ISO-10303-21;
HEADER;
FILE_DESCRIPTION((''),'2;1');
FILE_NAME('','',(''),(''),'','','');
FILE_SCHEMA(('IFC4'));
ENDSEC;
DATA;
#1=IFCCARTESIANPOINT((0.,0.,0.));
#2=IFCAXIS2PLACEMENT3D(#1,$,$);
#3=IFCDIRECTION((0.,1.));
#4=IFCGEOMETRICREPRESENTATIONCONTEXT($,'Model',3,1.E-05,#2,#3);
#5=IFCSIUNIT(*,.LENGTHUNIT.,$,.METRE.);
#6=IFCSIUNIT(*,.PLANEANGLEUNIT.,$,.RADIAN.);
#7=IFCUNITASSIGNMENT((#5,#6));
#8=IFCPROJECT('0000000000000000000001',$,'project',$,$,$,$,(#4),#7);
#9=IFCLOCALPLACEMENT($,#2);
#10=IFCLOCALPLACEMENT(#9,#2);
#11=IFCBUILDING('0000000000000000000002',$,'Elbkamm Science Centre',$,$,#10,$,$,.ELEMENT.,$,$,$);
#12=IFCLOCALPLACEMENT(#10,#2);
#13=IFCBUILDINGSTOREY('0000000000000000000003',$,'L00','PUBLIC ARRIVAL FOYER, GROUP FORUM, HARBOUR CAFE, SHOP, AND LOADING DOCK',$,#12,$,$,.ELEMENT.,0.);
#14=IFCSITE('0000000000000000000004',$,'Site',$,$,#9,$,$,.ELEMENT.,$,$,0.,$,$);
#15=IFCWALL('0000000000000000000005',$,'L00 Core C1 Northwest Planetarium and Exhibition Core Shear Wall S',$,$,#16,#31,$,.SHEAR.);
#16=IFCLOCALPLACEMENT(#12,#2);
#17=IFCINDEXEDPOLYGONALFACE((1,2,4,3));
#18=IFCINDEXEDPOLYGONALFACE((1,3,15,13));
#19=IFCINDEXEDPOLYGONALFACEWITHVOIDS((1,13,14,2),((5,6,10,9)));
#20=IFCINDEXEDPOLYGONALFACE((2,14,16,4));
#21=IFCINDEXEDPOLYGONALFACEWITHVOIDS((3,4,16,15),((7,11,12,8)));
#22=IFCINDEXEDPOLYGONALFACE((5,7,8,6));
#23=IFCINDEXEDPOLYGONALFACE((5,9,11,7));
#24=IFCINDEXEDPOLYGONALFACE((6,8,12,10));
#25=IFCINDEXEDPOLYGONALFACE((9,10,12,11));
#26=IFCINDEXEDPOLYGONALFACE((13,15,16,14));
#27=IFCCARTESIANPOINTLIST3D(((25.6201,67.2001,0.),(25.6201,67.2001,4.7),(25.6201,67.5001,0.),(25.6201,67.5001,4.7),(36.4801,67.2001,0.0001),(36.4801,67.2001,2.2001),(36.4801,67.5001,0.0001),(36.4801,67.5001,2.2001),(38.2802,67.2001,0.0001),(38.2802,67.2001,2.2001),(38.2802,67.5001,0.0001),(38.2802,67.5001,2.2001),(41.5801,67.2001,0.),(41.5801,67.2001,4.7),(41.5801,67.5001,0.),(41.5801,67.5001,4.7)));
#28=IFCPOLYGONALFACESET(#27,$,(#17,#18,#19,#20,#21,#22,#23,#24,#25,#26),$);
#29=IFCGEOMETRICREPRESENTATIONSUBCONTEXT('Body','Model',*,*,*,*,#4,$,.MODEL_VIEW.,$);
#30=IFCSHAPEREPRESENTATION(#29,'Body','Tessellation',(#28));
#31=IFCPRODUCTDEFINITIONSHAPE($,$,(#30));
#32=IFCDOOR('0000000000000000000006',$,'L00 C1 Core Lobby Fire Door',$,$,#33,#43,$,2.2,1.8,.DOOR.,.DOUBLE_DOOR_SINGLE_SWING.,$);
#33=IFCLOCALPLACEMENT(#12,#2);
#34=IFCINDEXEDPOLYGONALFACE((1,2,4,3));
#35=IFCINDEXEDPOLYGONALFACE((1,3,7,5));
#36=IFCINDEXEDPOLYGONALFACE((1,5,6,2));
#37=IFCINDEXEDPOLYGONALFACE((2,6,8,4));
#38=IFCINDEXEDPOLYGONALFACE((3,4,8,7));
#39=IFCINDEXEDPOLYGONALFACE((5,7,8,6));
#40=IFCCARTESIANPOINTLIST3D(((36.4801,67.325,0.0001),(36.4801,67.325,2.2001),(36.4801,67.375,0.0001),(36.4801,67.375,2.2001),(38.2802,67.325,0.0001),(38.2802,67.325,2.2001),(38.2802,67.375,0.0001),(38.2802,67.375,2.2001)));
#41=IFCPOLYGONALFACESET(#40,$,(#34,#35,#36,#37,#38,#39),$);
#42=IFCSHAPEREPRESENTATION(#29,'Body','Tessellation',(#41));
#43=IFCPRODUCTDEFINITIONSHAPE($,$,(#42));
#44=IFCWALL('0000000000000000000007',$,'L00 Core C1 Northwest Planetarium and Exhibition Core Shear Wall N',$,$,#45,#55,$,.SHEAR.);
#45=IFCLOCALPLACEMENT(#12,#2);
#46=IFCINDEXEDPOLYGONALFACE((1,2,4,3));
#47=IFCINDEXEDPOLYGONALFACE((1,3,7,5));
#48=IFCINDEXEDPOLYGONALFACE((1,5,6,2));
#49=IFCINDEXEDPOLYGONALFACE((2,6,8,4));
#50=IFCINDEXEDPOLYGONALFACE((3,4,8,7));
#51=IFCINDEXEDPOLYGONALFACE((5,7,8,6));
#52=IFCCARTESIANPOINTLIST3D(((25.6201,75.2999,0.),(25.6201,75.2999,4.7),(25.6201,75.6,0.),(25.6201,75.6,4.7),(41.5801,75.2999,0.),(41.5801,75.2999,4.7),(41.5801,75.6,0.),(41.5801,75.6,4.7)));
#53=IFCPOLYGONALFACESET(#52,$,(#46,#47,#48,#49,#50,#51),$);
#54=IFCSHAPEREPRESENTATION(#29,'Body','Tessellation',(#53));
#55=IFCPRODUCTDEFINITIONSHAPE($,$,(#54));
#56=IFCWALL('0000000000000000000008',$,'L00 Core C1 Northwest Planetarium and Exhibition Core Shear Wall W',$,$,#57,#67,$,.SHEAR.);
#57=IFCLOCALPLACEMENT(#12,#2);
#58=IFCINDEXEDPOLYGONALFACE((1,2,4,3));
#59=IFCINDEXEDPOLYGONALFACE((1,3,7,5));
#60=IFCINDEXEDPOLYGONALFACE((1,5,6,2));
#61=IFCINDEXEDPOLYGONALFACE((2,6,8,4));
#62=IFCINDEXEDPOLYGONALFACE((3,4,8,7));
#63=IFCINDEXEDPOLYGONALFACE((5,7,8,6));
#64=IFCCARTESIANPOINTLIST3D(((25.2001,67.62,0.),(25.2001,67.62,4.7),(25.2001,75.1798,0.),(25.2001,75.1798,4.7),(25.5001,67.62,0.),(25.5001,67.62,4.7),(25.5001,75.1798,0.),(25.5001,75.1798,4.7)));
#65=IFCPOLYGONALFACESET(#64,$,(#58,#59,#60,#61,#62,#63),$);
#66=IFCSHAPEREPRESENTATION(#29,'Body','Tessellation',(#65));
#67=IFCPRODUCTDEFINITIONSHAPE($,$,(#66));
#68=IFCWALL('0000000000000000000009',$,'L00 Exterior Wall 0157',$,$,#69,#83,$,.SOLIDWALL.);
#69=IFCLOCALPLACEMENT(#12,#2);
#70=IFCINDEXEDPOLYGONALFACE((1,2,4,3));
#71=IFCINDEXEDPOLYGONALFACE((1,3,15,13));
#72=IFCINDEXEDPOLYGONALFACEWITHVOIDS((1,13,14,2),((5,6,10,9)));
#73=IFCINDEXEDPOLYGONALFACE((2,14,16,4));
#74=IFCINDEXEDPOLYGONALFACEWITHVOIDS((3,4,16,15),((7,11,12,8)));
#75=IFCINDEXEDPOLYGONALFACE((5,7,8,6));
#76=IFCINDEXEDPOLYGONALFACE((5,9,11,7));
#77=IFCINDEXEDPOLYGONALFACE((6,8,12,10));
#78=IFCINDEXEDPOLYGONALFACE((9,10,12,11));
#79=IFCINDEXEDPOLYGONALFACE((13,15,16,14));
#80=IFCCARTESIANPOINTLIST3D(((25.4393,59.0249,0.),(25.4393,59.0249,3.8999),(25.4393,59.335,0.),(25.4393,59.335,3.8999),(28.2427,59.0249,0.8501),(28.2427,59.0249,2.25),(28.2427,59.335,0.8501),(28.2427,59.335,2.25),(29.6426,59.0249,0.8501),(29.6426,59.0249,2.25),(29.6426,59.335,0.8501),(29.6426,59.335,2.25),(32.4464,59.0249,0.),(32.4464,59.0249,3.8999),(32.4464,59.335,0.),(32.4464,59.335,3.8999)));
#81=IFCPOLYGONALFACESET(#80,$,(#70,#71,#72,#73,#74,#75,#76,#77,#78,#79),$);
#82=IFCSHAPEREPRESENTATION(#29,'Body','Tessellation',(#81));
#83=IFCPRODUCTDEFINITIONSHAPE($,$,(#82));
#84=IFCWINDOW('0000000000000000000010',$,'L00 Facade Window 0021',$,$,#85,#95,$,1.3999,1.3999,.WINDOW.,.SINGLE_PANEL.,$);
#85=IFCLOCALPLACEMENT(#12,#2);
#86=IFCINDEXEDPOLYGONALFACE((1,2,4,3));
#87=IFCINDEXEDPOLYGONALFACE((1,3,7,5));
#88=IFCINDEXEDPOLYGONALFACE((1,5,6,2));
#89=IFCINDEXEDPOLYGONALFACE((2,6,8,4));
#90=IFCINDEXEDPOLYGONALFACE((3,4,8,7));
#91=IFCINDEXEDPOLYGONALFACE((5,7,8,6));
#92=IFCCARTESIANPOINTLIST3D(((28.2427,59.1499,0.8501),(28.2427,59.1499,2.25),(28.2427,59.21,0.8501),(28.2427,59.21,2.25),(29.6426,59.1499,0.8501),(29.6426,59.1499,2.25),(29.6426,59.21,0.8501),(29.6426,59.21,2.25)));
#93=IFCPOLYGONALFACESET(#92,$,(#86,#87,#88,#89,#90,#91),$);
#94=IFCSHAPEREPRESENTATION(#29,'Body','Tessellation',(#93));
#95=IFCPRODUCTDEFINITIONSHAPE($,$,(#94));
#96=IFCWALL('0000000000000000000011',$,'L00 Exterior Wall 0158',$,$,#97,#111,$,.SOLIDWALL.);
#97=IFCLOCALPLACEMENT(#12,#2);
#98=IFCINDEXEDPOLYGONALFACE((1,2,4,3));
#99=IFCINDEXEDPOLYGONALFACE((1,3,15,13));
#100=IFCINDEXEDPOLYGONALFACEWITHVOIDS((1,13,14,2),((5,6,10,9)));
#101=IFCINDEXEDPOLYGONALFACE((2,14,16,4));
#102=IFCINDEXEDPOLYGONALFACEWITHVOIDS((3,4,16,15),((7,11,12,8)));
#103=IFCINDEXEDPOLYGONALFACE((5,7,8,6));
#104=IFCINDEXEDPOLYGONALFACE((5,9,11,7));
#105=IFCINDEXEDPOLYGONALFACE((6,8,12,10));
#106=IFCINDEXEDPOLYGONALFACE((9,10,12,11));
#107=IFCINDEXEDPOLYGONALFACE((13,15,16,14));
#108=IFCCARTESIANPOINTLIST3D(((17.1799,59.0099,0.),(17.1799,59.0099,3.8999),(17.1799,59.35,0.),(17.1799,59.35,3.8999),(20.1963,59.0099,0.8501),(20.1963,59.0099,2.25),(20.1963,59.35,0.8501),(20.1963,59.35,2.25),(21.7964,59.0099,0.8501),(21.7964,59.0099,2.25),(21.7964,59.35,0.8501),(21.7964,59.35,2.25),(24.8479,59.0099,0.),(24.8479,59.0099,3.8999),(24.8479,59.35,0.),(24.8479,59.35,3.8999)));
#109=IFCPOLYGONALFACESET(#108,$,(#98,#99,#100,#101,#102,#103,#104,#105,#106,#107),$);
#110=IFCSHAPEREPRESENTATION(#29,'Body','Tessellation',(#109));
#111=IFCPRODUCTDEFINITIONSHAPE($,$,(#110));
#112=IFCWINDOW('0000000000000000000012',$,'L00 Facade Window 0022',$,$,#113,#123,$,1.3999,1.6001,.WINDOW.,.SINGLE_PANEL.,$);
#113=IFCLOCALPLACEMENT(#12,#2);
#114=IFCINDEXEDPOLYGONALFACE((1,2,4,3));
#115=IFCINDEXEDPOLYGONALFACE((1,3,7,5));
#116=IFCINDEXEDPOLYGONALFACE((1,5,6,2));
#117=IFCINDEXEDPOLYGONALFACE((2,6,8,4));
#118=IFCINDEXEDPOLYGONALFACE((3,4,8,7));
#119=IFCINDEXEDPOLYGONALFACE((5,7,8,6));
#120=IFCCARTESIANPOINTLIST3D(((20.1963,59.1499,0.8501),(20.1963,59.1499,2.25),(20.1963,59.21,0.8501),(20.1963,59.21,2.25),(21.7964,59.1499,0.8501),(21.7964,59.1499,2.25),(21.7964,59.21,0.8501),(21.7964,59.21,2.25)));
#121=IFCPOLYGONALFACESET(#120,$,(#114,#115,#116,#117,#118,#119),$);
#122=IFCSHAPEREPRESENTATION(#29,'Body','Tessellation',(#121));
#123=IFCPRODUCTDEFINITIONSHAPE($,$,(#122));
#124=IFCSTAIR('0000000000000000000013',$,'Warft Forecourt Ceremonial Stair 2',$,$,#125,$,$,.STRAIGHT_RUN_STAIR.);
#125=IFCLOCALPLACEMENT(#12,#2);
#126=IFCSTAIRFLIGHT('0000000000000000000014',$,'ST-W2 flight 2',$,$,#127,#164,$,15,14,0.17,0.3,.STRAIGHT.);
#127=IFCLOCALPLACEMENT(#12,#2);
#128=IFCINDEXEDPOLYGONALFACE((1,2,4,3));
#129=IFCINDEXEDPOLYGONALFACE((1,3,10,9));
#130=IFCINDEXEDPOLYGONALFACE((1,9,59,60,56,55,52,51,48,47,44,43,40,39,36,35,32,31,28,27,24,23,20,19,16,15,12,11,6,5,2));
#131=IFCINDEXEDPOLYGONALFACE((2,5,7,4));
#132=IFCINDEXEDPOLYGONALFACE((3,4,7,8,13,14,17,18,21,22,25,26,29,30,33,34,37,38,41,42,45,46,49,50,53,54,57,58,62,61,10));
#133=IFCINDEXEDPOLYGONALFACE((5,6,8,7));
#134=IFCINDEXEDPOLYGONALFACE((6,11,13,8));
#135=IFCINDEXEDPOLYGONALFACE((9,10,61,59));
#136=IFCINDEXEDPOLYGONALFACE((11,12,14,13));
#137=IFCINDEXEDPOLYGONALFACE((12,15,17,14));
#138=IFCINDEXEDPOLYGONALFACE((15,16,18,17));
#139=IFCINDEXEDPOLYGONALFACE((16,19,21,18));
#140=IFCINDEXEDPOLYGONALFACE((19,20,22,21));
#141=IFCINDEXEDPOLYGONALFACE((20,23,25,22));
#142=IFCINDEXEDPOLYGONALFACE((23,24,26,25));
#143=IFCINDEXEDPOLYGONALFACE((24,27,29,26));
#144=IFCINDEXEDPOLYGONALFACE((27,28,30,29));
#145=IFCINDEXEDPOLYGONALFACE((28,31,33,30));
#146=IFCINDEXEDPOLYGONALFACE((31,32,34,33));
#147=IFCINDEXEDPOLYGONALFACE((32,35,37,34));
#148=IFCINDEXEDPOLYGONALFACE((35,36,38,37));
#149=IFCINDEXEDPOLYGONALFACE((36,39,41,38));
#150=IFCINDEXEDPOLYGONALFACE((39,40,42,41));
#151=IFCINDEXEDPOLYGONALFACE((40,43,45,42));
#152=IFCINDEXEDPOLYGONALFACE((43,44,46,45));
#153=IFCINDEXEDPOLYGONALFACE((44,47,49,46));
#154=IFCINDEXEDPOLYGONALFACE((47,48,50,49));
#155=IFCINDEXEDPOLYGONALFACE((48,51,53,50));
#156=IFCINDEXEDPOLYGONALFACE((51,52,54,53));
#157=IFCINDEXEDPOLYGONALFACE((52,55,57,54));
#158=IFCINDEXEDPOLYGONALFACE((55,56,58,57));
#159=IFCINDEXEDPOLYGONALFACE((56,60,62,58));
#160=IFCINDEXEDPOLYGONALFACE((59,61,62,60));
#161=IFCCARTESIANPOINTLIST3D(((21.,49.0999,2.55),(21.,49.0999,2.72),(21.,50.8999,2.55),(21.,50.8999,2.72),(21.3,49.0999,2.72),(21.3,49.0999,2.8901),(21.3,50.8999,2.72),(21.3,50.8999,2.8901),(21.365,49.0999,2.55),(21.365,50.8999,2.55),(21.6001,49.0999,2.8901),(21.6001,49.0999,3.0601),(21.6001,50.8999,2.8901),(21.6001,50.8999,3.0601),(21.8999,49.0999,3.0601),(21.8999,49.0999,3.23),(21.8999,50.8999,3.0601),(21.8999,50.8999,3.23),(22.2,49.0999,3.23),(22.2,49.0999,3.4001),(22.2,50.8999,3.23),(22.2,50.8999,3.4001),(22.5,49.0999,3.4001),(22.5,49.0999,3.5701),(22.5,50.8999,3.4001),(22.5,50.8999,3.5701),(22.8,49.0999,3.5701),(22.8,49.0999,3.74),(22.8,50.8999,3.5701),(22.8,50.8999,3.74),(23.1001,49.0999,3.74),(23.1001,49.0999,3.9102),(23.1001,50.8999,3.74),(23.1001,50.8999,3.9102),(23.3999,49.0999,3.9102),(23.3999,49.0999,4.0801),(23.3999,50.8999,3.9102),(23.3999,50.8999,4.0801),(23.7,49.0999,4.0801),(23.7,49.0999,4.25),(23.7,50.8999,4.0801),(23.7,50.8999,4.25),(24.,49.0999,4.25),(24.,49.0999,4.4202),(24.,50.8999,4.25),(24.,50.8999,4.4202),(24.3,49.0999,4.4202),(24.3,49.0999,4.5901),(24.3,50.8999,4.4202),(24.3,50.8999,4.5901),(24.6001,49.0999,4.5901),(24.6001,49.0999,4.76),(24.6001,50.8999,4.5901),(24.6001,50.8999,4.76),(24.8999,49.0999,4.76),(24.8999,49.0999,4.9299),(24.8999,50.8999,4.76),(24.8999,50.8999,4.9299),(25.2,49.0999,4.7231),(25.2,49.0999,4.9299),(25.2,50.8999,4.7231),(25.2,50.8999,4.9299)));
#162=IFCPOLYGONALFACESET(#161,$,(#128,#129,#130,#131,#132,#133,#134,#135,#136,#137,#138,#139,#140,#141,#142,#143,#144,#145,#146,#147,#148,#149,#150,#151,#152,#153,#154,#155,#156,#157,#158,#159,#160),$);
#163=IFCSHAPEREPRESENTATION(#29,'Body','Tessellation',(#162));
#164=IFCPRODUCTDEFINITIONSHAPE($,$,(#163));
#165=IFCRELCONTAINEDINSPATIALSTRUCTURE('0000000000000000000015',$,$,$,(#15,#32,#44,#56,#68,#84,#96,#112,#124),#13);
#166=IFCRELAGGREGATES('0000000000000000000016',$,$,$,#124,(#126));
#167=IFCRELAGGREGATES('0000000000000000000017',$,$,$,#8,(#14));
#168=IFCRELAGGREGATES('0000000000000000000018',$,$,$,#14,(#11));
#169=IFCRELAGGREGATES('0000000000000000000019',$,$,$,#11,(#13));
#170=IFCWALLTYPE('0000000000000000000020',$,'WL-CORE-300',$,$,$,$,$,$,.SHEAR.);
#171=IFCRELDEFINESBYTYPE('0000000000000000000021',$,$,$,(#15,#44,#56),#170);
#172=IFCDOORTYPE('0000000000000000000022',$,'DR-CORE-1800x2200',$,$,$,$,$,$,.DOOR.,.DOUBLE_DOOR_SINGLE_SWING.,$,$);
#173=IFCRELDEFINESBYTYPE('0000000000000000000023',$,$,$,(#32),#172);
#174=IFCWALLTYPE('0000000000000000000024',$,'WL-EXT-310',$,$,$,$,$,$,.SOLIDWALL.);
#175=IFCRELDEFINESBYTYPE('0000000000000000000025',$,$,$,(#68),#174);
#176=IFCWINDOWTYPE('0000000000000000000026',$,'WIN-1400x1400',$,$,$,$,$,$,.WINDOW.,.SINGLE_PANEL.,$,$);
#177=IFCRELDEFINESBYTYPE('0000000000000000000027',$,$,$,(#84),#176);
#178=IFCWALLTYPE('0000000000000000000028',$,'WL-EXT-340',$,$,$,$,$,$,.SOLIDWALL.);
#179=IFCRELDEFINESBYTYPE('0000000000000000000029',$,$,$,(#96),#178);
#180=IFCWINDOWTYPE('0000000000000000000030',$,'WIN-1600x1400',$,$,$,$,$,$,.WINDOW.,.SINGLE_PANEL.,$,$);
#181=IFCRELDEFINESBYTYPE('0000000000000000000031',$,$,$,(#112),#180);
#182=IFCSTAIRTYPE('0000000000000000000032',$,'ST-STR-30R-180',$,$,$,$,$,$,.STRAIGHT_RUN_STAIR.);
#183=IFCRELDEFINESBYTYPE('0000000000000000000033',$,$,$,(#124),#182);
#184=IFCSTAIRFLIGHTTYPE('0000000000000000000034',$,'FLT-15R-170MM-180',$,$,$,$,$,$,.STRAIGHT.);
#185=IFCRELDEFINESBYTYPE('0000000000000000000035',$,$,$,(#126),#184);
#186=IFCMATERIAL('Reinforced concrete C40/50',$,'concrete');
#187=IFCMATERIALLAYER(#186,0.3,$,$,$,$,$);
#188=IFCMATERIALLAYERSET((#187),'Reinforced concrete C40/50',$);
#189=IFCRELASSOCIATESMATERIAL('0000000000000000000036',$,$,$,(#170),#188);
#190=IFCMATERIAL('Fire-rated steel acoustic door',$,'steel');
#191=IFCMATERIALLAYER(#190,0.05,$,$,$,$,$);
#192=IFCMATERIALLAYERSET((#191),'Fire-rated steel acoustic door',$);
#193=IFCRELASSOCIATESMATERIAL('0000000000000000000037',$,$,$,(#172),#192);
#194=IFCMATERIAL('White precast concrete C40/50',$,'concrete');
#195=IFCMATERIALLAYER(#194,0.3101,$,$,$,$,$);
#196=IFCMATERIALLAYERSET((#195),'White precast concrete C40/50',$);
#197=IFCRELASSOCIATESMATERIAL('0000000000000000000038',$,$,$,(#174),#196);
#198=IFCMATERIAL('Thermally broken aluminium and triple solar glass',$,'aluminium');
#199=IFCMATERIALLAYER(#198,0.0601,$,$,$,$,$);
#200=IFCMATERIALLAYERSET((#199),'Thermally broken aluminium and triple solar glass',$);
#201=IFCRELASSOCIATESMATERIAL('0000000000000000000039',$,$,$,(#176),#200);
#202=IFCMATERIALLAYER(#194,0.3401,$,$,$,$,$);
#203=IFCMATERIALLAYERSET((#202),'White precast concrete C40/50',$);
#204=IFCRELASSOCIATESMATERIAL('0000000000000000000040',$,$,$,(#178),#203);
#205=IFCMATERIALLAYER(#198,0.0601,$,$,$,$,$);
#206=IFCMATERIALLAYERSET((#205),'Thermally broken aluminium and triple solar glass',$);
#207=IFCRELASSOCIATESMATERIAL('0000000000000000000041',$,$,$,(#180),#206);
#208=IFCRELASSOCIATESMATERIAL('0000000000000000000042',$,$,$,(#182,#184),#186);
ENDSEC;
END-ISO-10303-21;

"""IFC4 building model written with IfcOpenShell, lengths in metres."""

from ifc_helpers import new_model, si_unit, direction, frame, frame_2d, origin, place, context, subcontext, project, spatial, polyline, rectangle, outline, extrude, material, layer, layer_set, type_object, element, fill, aggregate, save


model = new_model("IFC4")

# Units and contexts
model_context = context("Model", 3, precision=1e-05, world=origin(), true_north=direction((0.0, 1.0)))
body_context = subcontext(model_context, "Body", "Model", "MODEL_VIEW")
ifc_project = project(units=[si_unit("LENGTHUNIT", "METRE"), si_unit("PLANEANGLEUNIT", "RADIAN")], contexts=[model_context])

# Site, building, storey
site_placement = place(None, origin())
site = spatial("IfcSite", under=ifc_project, at=site_placement, Name="Site", CompositionType="ELEMENT", RefElevation=0.0)
building_placement = place(site_placement, origin())
building = spatial("IfcBuilding", under=site, at=building_placement, Name="Elbkamm Science Centre", CompositionType="ELEMENT")
storey_placement = place(building_placement, origin())
storey = spatial("IfcBuildingStorey", under=building, at=storey_placement, Name="L00", Description="PUBLIC ARRIVAL FOYER, GROUP FORUM, HARBOUR CAFE, SHOP, AND LOADING DOCK", CompositionType="ELEMENT", Elevation=0.0)

# Shared definitions
ifc_material_1 = material(Name="Reinforced concrete C40/50", Category="concrete")

# Wall, opening, door
ifc_layer_1 = layer(ifc_material_1, 0.3)
ifc_layer_set_1 = layer_set([ifc_layer_1], Name="Reinforced concrete C40/50")
wall_type_1 = type_object("IfcWallType", Name="WL-CORE-300", PredefinedType="SHEAR", material=ifc_layer_set_1)
wall_1_placement = place(storey_placement, frame((25.6201, 67.3501, 0.0), z_axis=(0.0, 0.0, 1.0), x_axis=(1.0, 0.0, 0.0)))
wall_1 = element("IfcWall", 1, at=wall_1_placement, inside=storey, type_object=wall_type_1, Name="L00 Core C1 Northwest Planetarium and Exhibition Core Shear Wall S", PredefinedType="SHEAR", context=body_context, shape_type="SweptSolid", body=[
    extrude(rectangle(XDim=15.96, YDim=0.3, at=frame_2d((7.98, 0.0))), origin(), (0.0, 0.0, 1.0), 4.7),
])
opening_1_placement = place(wall_1_placement, frame((10.8601, 0.0, 0.0)))
opening_1 = element("IfcOpeningElement", 2, at=opening_1_placement, cuts=wall_1, PredefinedType="OPENING", context=body_context, shape_type="SweptSolid", body=[
    extrude(rectangle(XDim=1.8, YDim=2.2, at=frame_2d((0.8999, 1.1001))), frame((0.0, 0.1621, 0.0), z_axis=(0.0, -1.0, 0.0), x_axis=(1.0, 0.0, 0.0)), (0.0, 0.0, 1.0), 0.324),
])
ifc_material_2 = material(Name="Fire-rated steel acoustic door", Category="steel")
ifc_layer_2 = layer(ifc_material_2, 0.05)
ifc_layer_set_2 = layer_set([ifc_layer_2], Name="Fire-rated steel acoustic door")
door_type = type_object("IfcDoorType", Name="DR-CORE-1800x2200", OperationType="DOUBLE_DOOR_SINGLE_SWING", PredefinedType="DOOR", material=ifc_layer_set_2)
door_placement = place(opening_1_placement, origin())
door = element("IfcDoor", 3, at=door_placement, inside=storey, type_object=door_type, Name="L00 C1 Core Lobby Fire Door", OperationType="DOUBLE_DOOR_SINGLE_SWING", OverallHeight=2.2, OverallWidth=1.8, PredefinedType="DOOR", context=body_context, shape_type="SweptSolid", body=[
    extrude(rectangle(XDim=1.8, YDim=2.2, at=frame_2d((0.8999, 1.1001))), frame((0.0, 0.0249, 0.0), z_axis=(0.0, -1.0, 0.0), x_axis=(1.0, 0.0, 0.0)), (0.0, 0.0, 1.0), 0.05),
])
fill(opening_1, door)

# Walls
wall_2_placement = place(storey_placement, frame((25.6201, 75.45, 0.0), z_axis=(0.0, 0.0, 1.0), x_axis=(1.0, 0.0, 0.0)))
element("IfcWall", 4, at=wall_2_placement, inside=storey, type_object=wall_type_1, Name="L00 Core C1 Northwest Planetarium and Exhibition Core Shear Wall N", PredefinedType="SHEAR", context=body_context, shape_type="SweptSolid", body=[
    extrude(rectangle(XDim=15.96, YDim=0.3, at=frame_2d((7.98, 0.0))), origin(), (0.0, 0.0, 1.0), 4.7),
])
wall_3_placement = place(storey_placement, frame((25.3501, 67.6201, 0.0), z_axis=(0.0, 0.0, 1.0), x_axis=(0.0, 1.0, 0.0)))
element("IfcWall", 5, at=wall_3_placement, inside=storey, type_object=wall_type_1, Name="L00 Core C1 Northwest Planetarium and Exhibition Core Shear Wall W", PredefinedType="SHEAR", context=body_context, shape_type="SweptSolid", body=[
    extrude(rectangle(XDim=7.5598, YDim=0.3, at=frame_2d((3.7798, 0.0))), origin(), (0.0, 0.0, 1.0), 4.7),
])

# Walls, openings, windows
ifc_material_3 = material(Name="White precast concrete C40/50", Category="concrete")
ifc_layer_3 = layer(ifc_material_3, 0.3101)
ifc_layer_set_3 = layer_set([ifc_layer_3], Name="White precast concrete C40/50")
wall_type_2 = type_object("IfcWallType", Name="WL-EXT-310", PredefinedType="SOLIDWALL", material=ifc_layer_set_3)
wall_4_placement = place(storey_placement, frame((32.4463, 59.1799, 0.0), z_axis=(0.0, 0.0, 1.0), x_axis=(-1.0, 0.0, 0.0)))
wall_4 = element("IfcWall", 6, at=wall_4_placement, inside=storey, type_object=wall_type_2, Name="L00 Exterior Wall 0157", PredefinedType="SOLIDWALL", context=body_context, shape_type="SweptSolid", body=[
    extrude(rectangle(XDim=7.0071, YDim=0.3101, at=frame_2d((3.5034, 0.0))), origin(), (0.0, 0.0, 1.0), 3.8999),
])
opening_2_placement = place(wall_4_placement, frame((2.8037, 0.0, 0.8501)))
opening_2 = element("IfcOpeningElement", 7, at=opening_2_placement, cuts=wall_4, PredefinedType="OPENING", context=body_context, shape_type="SweptSolid", body=[
    extrude(rectangle(XDim=1.3999, YDim=1.3999, at=frame_2d((0.7, 0.7))), frame((0.0, 0.167, 0.0), z_axis=(0.0, -1.0, 0.0), x_axis=(1.0, 0.0, 0.0)), (0.0, 0.0, 1.0), 0.334),
])
ifc_material_4 = material(Name="Thermally broken aluminium and triple solar glass", Category="aluminium")
ifc_layer_4 = layer(ifc_material_4, 0.0601)
ifc_layer_set_4 = layer_set([ifc_layer_4], Name="Thermally broken aluminium and triple solar glass")
window_type_1 = type_object("IfcWindowType", Name="WIN-1400x1400", PartitioningType="SINGLE_PANEL", PredefinedType="WINDOW", material=ifc_layer_set_4)
window_1_placement = place(opening_2_placement, origin())
window_1 = element("IfcWindow", 8, at=window_1_placement, inside=storey, type_object=window_type_1, Name="L00 Facade Window 0021", OverallHeight=1.3999, OverallWidth=1.3999, PartitioningType="SINGLE_PANEL", PredefinedType="WINDOW", context=body_context, shape_type="SweptSolid", body=[
    extrude(rectangle(XDim=1.3999, YDim=1.3999, at=frame_2d((0.7, 0.7))), frame((0.0, 0.03, 0.0), z_axis=(0.0, -1.0, 0.0), x_axis=(1.0, 0.0, 0.0)), (0.0, 0.0, 1.0), 0.0601),
])
fill(opening_2, window_1)
ifc_layer_5 = layer(ifc_material_3, 0.3401)
ifc_layer_set_5 = layer_set([ifc_layer_5], Name="White precast concrete C40/50")
wall_type_3 = type_object("IfcWallType", Name="WL-EXT-340", PredefinedType="SOLIDWALL", material=ifc_layer_set_5)
wall_5_placement = place(storey_placement, frame((24.8479, 59.1799, 0.0), z_axis=(0.0, 0.0, 1.0), x_axis=(-1.0, 0.0, 0.0)))
wall_5 = element("IfcWall", 9, at=wall_5_placement, inside=storey, type_object=wall_type_3, Name="L00 Exterior Wall 0158", PredefinedType="SOLIDWALL", context=body_context, shape_type="SweptSolid", body=[
    extrude(rectangle(XDim=7.668, YDim=0.3401, at=frame_2d((3.834, 0.0))), origin(), (0.0, 0.0, 1.0), 3.8999),
])
opening_3_placement = place(wall_5_placement, frame((3.0515, 0.0, 0.8501)))
opening_3 = element("IfcOpeningElement", 10, at=opening_3_placement, cuts=wall_5, PredefinedType="OPENING", context=body_context, shape_type="SweptSolid", body=[
    extrude(rectangle(XDim=1.6001, YDim=1.3999, at=frame_2d((0.8, 0.7))), frame((0.0, 0.1821, 0.0), z_axis=(0.0, -1.0, 0.0), x_axis=(1.0, 0.0, 0.0)), (0.0, 0.0, 1.0), 0.364),
])
ifc_layer_6 = layer(ifc_material_4, 0.0601)
ifc_layer_set_6 = layer_set([ifc_layer_6], Name="Thermally broken aluminium and triple solar glass")
window_type_2 = type_object("IfcWindowType", Name="WIN-1600x1400", PartitioningType="SINGLE_PANEL", PredefinedType="WINDOW", material=ifc_layer_set_6)
window_2_placement = place(opening_3_placement, origin())
window_2 = element("IfcWindow", 11, at=window_2_placement, inside=storey, type_object=window_type_2, Name="L00 Facade Window 0022", OverallHeight=1.3999, OverallWidth=1.6001, PartitioningType="SINGLE_PANEL", PredefinedType="WINDOW", context=body_context, shape_type="SweptSolid", body=[
    extrude(rectangle(XDim=1.6001, YDim=1.3999, at=frame_2d((0.8, 0.7))), frame((0.0, 0.03, 0.0), z_axis=(0.0, -1.0, 0.0), x_axis=(1.0, 0.0, 0.0)), (0.0, 0.0, 1.0), 0.0601),
])
fill(opening_3, window_2)

# Stair, stair flight
stair_type_1 = type_object("IfcStairType", Name="ST-STR-30R-180", PredefinedType="STRAIGHT_RUN_STAIR", material=ifc_material_1)
stair_1_placement = place(storey_placement, origin())
stair_1 = element("IfcStair", 12, at=stair_1_placement, inside=storey, type_object=stair_type_1, Name="Warft Forecourt Ceremonial Stair 2", PredefinedType="STRAIGHT_RUN_STAIR")
stair_flight_type_1 = type_object("IfcStairFlightType", Name="FLT-15R-170MM-180", PredefinedType="STRAIGHT", material=ifc_material_1)
stair_flight_1_placement = place(storey_placement, frame((21.0, 50.0, 2.55), z_axis=(0.0, 0.0, 1.0), x_axis=(1.0, 0.0, 0.0)))
stair_flight_1 = element("IfcStairFlight", 13, at=stair_flight_1_placement, type_object=stair_flight_type_1, Name="ST-W2 flight 2", NumberOfRisers=15, NumberOfTreads=14, PredefinedType="STRAIGHT", RiserHeight=0.17, TreadLength=0.3, context=body_context, shape_type="SweptSolid", body=[
    extrude(outline(polyline([(0.0, 0.0), (0.0, 0.1699), (0.3, 0.1699), (0.3, 0.3401), (0.6001, 0.3401), (0.6001, 0.51), (0.8999, 0.51), (0.8999, 0.6799), (1.2, 0.6799), (1.2, 0.8501), (1.5, 0.8501), (1.5, 1.02), (1.8, 1.02), (1.8, 1.1899), (2.1001, 1.1899), (2.1001, 1.3601), (2.3999, 1.3601), (2.3999, 1.53), (2.7, 1.53), (2.7, 1.7), (3.0, 1.7), (3.0, 1.8701), (3.3, 1.8701), (3.3, 2.04), (3.6001, 2.04), (3.6001, 2.21), (3.8999, 2.21), (3.8999, 2.3799), (4.2, 2.3799), (4.2, 2.55), (4.2, 2.1731), (0.365, 0.0), (0.0, 0.0)])), frame((0.0, 0.8999, 0.0), z_axis=(0.0, -1.0, 0.0), x_axis=(1.0, 0.0, 0.0)), (0.0, 0.0, 1.0), 1.8),
])
aggregate(stair_1, [stair_flight_1])

save(model, "model.ifc")
